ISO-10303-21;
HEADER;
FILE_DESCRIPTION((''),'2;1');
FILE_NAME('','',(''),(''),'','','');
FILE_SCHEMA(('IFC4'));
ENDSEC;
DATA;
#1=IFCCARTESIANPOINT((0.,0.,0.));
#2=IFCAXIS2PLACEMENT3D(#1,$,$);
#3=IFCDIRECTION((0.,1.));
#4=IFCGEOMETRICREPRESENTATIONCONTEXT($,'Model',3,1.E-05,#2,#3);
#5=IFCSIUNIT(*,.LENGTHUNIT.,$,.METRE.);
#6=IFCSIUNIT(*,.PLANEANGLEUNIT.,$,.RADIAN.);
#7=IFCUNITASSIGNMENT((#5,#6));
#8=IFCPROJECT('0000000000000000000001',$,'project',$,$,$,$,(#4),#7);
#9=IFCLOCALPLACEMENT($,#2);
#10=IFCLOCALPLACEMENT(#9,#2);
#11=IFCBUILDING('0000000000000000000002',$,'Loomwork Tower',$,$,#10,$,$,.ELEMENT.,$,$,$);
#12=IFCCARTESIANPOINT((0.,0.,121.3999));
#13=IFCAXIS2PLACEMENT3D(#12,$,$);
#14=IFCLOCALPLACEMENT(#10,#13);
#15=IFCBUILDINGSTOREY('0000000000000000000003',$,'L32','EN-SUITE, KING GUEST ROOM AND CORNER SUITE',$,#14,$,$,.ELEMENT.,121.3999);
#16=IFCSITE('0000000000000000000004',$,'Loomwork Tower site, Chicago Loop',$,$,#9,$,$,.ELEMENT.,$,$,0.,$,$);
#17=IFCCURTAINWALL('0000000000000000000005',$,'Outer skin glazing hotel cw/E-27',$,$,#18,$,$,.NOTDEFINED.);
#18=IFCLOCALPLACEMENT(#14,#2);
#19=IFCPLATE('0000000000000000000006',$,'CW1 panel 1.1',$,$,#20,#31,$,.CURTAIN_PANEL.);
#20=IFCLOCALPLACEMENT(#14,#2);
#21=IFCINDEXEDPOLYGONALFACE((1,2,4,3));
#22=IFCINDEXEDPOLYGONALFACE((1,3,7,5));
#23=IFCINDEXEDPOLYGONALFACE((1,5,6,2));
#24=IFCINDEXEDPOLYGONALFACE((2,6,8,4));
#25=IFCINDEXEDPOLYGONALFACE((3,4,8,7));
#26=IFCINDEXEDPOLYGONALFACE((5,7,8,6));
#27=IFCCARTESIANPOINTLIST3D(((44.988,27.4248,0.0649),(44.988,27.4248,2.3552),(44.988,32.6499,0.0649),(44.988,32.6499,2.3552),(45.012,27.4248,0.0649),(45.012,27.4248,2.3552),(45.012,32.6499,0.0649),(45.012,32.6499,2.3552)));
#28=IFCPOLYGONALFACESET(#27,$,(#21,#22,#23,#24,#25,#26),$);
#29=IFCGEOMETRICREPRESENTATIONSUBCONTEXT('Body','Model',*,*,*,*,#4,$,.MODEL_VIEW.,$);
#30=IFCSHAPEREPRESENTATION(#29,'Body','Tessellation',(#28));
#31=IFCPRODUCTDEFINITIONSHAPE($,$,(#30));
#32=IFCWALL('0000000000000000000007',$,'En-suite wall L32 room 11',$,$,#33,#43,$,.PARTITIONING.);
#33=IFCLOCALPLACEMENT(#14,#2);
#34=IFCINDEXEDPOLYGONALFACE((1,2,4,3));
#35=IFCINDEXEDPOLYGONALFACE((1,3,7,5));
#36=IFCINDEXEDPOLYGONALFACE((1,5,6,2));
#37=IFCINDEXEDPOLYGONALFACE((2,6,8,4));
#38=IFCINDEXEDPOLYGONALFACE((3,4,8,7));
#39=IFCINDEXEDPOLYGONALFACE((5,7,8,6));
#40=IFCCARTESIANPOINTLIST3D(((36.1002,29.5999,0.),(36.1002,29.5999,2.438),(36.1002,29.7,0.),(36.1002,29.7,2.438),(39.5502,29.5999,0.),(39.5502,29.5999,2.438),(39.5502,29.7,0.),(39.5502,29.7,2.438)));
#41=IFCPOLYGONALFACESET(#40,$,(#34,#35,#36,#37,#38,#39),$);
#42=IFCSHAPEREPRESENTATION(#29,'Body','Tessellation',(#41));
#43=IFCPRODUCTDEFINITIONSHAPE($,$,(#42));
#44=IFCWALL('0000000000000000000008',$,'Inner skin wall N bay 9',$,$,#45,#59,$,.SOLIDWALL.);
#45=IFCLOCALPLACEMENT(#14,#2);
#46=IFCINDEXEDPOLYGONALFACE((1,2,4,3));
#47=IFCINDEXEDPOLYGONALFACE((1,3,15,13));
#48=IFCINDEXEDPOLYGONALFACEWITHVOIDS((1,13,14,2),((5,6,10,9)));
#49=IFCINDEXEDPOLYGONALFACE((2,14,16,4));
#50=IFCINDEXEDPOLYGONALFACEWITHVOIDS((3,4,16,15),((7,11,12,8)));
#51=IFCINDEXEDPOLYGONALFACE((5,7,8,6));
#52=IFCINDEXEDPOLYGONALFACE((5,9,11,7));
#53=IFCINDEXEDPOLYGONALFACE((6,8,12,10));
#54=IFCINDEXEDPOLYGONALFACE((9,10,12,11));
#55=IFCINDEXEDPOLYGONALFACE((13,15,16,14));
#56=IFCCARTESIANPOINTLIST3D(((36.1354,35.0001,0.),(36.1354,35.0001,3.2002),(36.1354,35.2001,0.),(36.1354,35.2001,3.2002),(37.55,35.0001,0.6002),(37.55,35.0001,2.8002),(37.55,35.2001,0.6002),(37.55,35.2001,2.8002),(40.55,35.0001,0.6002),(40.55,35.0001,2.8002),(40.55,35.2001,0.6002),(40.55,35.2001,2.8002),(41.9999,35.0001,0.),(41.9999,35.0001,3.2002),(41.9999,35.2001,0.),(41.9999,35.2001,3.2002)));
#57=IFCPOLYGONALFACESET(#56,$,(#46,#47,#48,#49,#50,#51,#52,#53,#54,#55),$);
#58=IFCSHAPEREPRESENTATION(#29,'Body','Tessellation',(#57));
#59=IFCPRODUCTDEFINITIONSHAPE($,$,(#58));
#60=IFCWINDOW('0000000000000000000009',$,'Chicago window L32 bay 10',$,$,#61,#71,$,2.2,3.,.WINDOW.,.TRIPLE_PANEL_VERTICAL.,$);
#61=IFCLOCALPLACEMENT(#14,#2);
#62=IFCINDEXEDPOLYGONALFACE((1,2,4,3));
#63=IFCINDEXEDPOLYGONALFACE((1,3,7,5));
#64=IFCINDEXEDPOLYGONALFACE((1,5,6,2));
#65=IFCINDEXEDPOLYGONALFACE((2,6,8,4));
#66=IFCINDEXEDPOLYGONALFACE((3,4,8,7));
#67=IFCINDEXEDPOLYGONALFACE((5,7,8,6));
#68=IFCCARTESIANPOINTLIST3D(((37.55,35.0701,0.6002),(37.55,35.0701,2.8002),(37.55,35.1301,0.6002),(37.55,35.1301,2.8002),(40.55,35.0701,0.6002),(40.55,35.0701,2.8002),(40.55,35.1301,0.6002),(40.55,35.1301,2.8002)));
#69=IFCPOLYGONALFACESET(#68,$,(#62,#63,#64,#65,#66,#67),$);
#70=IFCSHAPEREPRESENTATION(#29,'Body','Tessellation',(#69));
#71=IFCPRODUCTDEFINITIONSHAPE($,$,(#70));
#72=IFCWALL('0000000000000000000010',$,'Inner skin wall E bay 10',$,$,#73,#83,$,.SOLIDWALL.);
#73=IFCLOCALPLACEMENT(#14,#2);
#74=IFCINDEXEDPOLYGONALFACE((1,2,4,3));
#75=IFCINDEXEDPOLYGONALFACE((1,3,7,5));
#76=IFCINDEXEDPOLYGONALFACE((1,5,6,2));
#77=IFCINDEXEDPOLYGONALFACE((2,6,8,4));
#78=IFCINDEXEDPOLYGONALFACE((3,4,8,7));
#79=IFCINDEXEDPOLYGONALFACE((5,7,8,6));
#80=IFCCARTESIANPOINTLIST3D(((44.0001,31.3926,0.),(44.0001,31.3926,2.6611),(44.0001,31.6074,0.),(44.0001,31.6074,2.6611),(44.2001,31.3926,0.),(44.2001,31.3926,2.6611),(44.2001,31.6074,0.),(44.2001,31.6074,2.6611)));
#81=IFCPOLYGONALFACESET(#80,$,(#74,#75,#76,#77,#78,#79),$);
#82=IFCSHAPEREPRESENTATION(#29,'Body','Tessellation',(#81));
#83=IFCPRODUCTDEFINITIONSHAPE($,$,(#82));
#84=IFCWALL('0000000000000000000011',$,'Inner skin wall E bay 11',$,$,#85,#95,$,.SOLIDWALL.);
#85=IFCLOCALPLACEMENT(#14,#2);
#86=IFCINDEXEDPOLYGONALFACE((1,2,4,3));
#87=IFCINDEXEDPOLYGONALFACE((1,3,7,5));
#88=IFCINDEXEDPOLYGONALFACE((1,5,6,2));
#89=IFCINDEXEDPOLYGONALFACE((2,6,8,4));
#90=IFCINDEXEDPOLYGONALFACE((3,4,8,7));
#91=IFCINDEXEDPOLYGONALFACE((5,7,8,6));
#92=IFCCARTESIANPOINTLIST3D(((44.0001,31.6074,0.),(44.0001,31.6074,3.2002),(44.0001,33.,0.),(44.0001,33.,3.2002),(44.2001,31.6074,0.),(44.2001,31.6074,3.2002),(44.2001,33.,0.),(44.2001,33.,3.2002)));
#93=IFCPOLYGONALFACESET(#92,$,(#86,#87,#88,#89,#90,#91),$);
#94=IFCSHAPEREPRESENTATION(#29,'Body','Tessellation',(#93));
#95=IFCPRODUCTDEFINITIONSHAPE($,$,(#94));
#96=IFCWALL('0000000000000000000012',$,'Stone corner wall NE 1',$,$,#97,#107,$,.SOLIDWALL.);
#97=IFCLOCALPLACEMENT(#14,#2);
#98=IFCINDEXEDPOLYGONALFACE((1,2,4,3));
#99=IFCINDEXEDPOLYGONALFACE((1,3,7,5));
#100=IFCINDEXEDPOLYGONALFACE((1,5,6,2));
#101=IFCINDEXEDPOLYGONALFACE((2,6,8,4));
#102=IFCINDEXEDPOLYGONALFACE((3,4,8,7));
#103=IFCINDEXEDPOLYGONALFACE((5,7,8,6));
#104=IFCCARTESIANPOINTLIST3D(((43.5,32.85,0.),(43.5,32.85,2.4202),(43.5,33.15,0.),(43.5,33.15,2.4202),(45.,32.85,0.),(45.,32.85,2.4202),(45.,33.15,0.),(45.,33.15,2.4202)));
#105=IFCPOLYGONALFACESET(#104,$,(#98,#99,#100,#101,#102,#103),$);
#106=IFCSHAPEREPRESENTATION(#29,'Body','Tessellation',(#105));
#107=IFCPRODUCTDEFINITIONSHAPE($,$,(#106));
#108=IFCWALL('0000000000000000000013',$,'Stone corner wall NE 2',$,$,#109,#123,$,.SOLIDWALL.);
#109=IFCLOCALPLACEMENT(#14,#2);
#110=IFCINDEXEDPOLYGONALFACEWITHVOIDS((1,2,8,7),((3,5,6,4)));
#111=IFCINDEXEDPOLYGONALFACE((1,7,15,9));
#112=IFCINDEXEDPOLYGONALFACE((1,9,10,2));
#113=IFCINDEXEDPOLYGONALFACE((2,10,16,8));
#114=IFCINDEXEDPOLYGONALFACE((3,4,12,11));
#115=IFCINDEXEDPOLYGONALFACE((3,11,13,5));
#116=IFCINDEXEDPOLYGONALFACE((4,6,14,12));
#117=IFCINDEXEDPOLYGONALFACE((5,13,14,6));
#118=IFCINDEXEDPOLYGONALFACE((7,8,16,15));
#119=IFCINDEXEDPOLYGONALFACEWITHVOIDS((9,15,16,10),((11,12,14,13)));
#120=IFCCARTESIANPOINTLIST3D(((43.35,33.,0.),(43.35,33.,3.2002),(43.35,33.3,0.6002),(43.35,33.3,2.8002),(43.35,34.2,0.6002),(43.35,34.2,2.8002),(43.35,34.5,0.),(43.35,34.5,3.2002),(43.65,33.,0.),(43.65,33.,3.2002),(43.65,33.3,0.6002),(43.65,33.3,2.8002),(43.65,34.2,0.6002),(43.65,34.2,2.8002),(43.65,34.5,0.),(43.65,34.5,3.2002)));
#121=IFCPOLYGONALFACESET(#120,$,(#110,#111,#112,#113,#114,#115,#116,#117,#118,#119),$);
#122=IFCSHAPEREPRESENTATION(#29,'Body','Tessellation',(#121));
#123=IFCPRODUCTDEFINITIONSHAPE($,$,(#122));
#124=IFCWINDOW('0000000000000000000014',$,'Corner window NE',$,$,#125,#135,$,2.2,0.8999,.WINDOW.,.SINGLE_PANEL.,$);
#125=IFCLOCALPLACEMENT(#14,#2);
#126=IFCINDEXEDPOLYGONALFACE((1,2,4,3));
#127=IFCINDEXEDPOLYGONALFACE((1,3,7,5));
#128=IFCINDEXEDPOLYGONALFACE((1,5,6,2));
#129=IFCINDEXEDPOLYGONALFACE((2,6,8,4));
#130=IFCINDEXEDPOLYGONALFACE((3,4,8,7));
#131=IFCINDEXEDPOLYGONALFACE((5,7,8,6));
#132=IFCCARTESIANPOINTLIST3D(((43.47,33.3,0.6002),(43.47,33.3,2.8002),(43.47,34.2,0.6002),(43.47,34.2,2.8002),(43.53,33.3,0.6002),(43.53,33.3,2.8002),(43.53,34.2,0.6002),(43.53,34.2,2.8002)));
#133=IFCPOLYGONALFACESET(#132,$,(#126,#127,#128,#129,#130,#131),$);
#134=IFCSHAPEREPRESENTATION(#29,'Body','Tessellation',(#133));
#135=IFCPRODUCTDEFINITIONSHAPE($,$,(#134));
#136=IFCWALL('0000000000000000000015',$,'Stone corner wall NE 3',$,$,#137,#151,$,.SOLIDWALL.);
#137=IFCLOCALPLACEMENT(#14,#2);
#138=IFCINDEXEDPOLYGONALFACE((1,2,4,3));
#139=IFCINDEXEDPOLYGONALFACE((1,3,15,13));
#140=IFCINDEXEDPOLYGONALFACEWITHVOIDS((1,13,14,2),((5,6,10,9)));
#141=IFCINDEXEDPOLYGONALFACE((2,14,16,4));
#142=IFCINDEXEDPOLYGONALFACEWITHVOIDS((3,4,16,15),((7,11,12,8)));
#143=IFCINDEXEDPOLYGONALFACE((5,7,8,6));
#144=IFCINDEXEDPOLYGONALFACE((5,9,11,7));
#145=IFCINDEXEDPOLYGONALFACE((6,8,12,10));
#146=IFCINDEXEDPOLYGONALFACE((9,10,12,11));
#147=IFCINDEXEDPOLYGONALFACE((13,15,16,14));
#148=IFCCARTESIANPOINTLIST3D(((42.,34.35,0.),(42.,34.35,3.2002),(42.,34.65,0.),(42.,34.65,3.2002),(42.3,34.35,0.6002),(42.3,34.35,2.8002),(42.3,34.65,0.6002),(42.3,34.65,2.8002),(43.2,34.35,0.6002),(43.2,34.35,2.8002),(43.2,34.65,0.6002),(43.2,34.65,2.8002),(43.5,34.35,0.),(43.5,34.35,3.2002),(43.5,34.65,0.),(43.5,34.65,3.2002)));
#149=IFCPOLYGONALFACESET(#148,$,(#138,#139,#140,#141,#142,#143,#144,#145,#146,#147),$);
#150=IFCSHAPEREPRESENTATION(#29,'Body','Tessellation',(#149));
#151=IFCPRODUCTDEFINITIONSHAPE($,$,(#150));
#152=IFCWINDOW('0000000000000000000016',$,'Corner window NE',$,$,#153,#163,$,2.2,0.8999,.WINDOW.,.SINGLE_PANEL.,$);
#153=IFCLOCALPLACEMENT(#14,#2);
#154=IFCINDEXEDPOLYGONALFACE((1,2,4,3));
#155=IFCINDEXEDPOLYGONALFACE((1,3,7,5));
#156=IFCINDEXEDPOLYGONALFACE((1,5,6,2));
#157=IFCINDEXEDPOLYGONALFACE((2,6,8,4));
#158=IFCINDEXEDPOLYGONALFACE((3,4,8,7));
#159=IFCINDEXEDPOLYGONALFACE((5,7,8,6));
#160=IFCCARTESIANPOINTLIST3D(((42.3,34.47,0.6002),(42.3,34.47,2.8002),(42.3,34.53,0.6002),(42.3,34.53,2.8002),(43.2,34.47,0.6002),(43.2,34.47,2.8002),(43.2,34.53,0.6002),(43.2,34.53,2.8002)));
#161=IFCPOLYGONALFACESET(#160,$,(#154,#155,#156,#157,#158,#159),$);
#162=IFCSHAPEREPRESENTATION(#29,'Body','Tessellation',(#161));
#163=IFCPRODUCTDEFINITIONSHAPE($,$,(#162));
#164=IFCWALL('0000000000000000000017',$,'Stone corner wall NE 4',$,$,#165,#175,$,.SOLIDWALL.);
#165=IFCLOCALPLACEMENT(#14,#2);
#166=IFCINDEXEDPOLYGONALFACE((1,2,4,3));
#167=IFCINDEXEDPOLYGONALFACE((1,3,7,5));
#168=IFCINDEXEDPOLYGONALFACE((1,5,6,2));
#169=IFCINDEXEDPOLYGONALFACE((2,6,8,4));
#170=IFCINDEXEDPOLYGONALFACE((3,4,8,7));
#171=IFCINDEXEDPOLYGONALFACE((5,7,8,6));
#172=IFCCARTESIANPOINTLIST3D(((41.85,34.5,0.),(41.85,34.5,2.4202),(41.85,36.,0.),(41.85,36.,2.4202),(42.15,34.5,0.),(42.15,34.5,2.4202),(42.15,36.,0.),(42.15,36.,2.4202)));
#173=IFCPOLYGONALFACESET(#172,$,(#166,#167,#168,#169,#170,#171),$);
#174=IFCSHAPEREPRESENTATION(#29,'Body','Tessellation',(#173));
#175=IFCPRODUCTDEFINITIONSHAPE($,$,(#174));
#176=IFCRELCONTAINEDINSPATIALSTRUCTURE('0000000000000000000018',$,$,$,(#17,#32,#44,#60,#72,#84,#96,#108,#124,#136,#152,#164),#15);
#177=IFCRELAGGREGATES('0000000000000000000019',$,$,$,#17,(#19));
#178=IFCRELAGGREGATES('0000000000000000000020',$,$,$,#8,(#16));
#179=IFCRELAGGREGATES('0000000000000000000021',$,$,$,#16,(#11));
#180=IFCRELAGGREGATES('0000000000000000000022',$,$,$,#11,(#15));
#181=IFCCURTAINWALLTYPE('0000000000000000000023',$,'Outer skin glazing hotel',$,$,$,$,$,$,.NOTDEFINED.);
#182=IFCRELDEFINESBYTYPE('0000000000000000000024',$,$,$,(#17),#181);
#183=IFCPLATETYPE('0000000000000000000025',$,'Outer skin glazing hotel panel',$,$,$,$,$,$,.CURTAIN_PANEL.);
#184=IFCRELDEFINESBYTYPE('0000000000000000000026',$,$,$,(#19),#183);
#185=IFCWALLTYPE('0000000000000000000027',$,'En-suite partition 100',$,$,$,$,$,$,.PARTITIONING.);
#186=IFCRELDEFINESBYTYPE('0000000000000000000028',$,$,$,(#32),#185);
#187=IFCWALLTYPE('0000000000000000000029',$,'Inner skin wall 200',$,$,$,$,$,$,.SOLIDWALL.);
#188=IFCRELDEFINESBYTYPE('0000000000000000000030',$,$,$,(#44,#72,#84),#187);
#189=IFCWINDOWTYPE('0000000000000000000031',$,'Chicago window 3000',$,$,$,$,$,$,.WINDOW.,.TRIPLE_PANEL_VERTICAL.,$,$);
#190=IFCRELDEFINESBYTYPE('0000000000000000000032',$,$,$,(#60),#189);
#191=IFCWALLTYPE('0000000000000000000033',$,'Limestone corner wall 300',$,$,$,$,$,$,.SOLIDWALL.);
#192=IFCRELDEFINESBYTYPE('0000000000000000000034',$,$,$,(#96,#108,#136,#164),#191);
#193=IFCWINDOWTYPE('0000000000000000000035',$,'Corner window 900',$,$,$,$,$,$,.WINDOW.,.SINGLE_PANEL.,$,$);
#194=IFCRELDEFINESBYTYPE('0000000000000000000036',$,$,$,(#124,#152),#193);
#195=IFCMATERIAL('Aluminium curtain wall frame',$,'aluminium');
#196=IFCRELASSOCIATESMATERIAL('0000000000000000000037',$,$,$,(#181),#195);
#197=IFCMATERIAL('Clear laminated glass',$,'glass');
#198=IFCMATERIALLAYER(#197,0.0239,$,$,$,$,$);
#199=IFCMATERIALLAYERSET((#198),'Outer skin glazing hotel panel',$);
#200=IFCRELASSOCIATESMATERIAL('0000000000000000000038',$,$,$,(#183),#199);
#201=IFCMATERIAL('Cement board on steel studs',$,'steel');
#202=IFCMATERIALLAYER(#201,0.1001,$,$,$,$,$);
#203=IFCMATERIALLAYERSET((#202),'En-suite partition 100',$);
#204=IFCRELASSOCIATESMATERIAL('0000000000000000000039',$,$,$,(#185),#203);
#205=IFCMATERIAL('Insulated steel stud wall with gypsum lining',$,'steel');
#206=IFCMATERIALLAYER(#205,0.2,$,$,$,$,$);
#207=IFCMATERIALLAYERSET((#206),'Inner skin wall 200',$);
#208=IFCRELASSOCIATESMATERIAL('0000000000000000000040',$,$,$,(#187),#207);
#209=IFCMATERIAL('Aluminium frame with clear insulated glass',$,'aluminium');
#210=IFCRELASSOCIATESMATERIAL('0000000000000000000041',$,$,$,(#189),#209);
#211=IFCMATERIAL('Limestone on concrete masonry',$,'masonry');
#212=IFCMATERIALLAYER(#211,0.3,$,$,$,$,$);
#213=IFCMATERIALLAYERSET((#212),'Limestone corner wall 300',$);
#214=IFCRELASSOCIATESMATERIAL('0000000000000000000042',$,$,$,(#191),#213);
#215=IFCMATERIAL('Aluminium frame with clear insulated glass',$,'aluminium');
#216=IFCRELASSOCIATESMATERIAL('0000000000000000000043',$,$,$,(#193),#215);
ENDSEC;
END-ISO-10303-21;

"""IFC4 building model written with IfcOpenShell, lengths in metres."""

from ifc_helpers import new_model, si_unit, direction, frame, frame_2d, origin, origin_2d, place, context, subcontext, project, spatial, rectangle, extrude, material, layer, layer_set, type_object, element, fill, aggregate, save


model = new_model("IFC4")

# Units and contexts
model_context = context("Model", 3, precision=1e-05, world=origin(), true_north=direction((0.0, 1.0)))
body_context = subcontext(model_context, "Body", "Model", "MODEL_VIEW")
ifc_project = project(units=[si_unit("LENGTHUNIT", "METRE"), si_unit("PLANEANGLEUNIT", "RADIAN")], contexts=[model_context])

# Site, building, storey
site_placement = place(None, origin())
site = spatial("IfcSite", under=ifc_project, at=site_placement, Name="Loomwork Tower site, Chicago Loop", CompositionType="ELEMENT", RefElevation=0.0)
building_placement = place(site_placement, origin())
building = spatial("IfcBuilding", under=site, at=building_placement, Name="Loomwork Tower", CompositionType="ELEMENT")
storey_placement = place(building_placement, frame((0.0, 0.0, 121.3999)))
storey = spatial("IfcBuildingStorey", under=building, at=storey_placement, Name="L32", Description="EN-SUITE, KING GUEST ROOM AND CORNER SUITE", CompositionType="ELEMENT", Elevation=121.3999)

# Shared definitions
ifc_material_1 = material(Name="Aluminium curtain wall frame", Category="aluminium")
curtain_wall_type = type_object("IfcCurtainWallType", Name="Outer skin glazing hotel", PredefinedType="NOTDEFINED", material=ifc_material_1)

# Curtain wall
curtain_wall_1_placement = place(storey_placement, origin())
curtain_wall_1 = element("IfcCurtainWall", 1, at=curtain_wall_1_placement, inside=storey, type_object=curtain_wall_type, Name="Outer skin glazing hotel cw/E-27", PredefinedType="NOTDEFINED")

# Plate
ifc_material_2 = material(Name="Clear laminated glass", Category="glass")
ifc_layer_1 = layer(ifc_material_2, 0.0239)
ifc_layer_set_1 = layer_set([ifc_layer_1], Name="Outer skin glazing hotel panel")
plate_type = type_object("IfcPlateType", Name="Outer skin glazing hotel panel", PredefinedType="CURTAIN_PANEL", material=ifc_layer_set_1)
plate_1_placement = place(storey_placement, frame((45.0, 30.0374, 0.0649), z_axis=(0.0, 0.0, 1.0), x_axis=(0.0, 1.0, 0.0)))
plate_1 = element("IfcPlate", 2, at=plate_1_placement, type_object=plate_type, Name="CW1 panel 1.1", PredefinedType="CURTAIN_PANEL", context=body_context, shape_type="SweptSolid", body=[
    extrude(rectangle(XDim=5.2251, YDim=0.0239, at=origin_2d()), origin(), (0.0, 0.0, 1.0), 2.2903),
])
aggregate(curtain_wall_1, [plate_1])

# Wall
ifc_material_3 = material(Name="Cement board on steel studs", Category="steel")
ifc_layer_2 = layer(ifc_material_3, 0.1001)
ifc_layer_set_2 = layer_set([ifc_layer_2], Name="En-suite partition 100")
wall_type_1 = type_object("IfcWallType", Name="En-suite partition 100", PredefinedType="PARTITIONING", material=ifc_layer_set_2)
wall_1_placement = place(storey_placement, frame((36.1001, 29.6499, 0.0), z_axis=(0.0, 0.0, 1.0), x_axis=(1.0, 0.0, 0.0)))
element("IfcWall", 3, at=wall_1_placement, inside=storey, type_object=wall_type_1, Name="En-suite wall L32 room 11", PredefinedType="PARTITIONING", context=body_context, shape_type="SweptSolid", body=[
    extrude(rectangle(XDim=3.45, YDim=0.1001, at=frame_2d((1.7251, 0.0))), origin(), (0.0, 0.0, 1.0), 2.438),
])

# Wall, opening, window
ifc_material_4 = material(Name="Insulated steel stud wall with gypsum lining", Category="steel")
ifc_layer_3 = layer(ifc_material_4, 0.2)
ifc_layer_set_3 = layer_set([ifc_layer_3], Name="Inner skin wall 200")
wall_type_2 = type_object("IfcWallType", Name="Inner skin wall 200", PredefinedType="SOLIDWALL", material=ifc_layer_set_3)
wall_2_placement = place(storey_placement, frame((36.1355, 35.1001, 0.0), z_axis=(0.0, 0.0, 1.0), x_axis=(1.0, 0.0, 0.0)))
wall_2 = element("IfcWall", 4, at=wall_2_placement, inside=storey, type_object=wall_type_2, Name="Inner skin wall N bay 9", PredefinedType="SOLIDWALL", context=body_context, shape_type="SweptSolid", body=[
    extrude(rectangle(XDim=5.8645, YDim=0.2, at=frame_2d((2.9321, 0.0))), origin(), (0.0, 0.0, 1.0), 3.2002),
])
opening_1_placement = place(wall_2_placement, frame((1.4146, 0.0, 0.6001)))
opening_1 = element("IfcOpeningElement", 5, at=opening_1_placement, cuts=wall_2, PredefinedType="OPENING", context=body_context, shape_type="SweptSolid", body=[
    extrude(rectangle(XDim=3.0, YDim=2.2, at=frame_2d((1.5, 1.1001))), frame((0.0, 0.1099, 0.0), z_axis=(0.0, -1.0, 0.0), x_axis=(1.0, 0.0, 0.0)), (0.0, 0.0, 1.0), 0.22),
])
ifc_material_5 = material(Name="Aluminium frame with clear insulated glass", Category="aluminium")
window_type_1 = type_object("IfcWindowType", Name="Chicago window 3000", PartitioningType="TRIPLE_PANEL_VERTICAL", PredefinedType="WINDOW", material=ifc_material_5)
window_1_placement = place(opening_1_placement, origin())
window_1 = element("IfcWindow", 6, at=window_1_placement, inside=storey, type_object=window_type_1, Name="Chicago window L32 bay 10", OverallHeight=2.2, OverallWidth=3.0, PartitioningType="TRIPLE_PANEL_VERTICAL", PredefinedType="WINDOW", context=body_context, shape_type="SweptSolid", body=[
    extrude(rectangle(XDim=3.0, YDim=2.2, at=frame_2d((1.5, 1.1001))), frame((0.0, 0.03, 0.0), z_axis=(0.0, -1.0, 0.0), x_axis=(1.0, 0.0, 0.0)), (0.0, 0.0, 1.0), 0.0601),
])
fill(opening_1, window_1)

# Walls
wall_3_placement = place(storey_placement, frame((44.1001, 31.3926, 0.0), z_axis=(0.0, 0.0, 1.0), x_axis=(0.0, 1.0, 0.0)))
element("IfcWall", 7, at=wall_3_placement, inside=storey, type_object=wall_type_2, Name="Inner skin wall E bay 10", PredefinedType="SOLIDWALL", context=body_context, shape_type="SweptSolid", body=[
    extrude(rectangle(XDim=0.2148, YDim=0.2, at=frame_2d((0.1074, 0.0))), origin(), (0.0, 0.0, 1.0), 2.6611),
])
wall_4_placement = place(storey_placement, frame((44.1001, 31.6074, 0.0), z_axis=(0.0, 0.0, 1.0), x_axis=(0.0, 1.0, 0.0)))
element("IfcWall", 8, at=wall_4_placement, inside=storey, type_object=wall_type_2, Name="Inner skin wall E bay 11", PredefinedType="SOLIDWALL", context=body_context, shape_type="SweptSolid", body=[
    extrude(rectangle(XDim=1.3926, YDim=0.2, at=frame_2d((0.6963, 0.0))), origin(), (0.0, 0.0, 1.0), 3.2002),
])
ifc_material_6 = material(Name="Limestone on concrete masonry", Category="masonry")
ifc_layer_4 = layer(ifc_material_6, 0.3)
ifc_layer_set_4 = layer_set([ifc_layer_4], Name="Limestone corner wall 300")
wall_type_3 = type_object("IfcWallType", Name="Limestone corner wall 300", PredefinedType="SOLIDWALL", material=ifc_layer_set_4)
wall_5_placement = place(storey_placement, frame((45.0, 33.0, 0.0), z_axis=(0.0, 0.0, 1.0), x_axis=(-1.0, 0.0, 0.0)))
element("IfcWall", 9, at=wall_5_placement, inside=storey, type_object=wall_type_3, Name="Stone corner wall NE 1", PredefinedType="SOLIDWALL", context=body_context, shape_type="SweptSolid", body=[
    extrude(rectangle(XDim=1.5, YDim=0.3, at=frame_2d((0.75, 0.0))), origin(), (0.0, 0.0, 1.0), 2.4202),
])

# Walls, openings, windows
wall_6_placement = place(storey_placement, frame((43.5, 33.0, 0.0), z_axis=(0.0, 0.0, 1.0), x_axis=(0.0, 1.0, 0.0)))
wall_6 = element("IfcWall", 10, at=wall_6_placement, inside=storey, type_object=wall_type_3, Name="Stone corner wall NE 2", PredefinedType="SOLIDWALL", context=body_context, shape_type="SweptSolid", body=[
    extrude(rectangle(XDim=1.5, YDim=0.3, at=frame_2d((0.75, 0.0))), origin(), (0.0, 0.0, 1.0), 3.2002),
])
opening_2_placement = place(wall_6_placement, frame((0.3, 0.0, 0.6001)))
opening_2 = element("IfcOpeningElement", 11, at=opening_2_placement, cuts=wall_6, PredefinedType="OPENING", context=body_context, shape_type="SweptSolid", body=[
    extrude(rectangle(XDim=0.8999, YDim=2.2, at=frame_2d((0.45, 1.1001))), frame((0.0, 0.1599, 0.0), z_axis=(0.0, -1.0, 0.0), x_axis=(1.0, 0.0, 0.0)), (0.0, 0.0, 1.0), 0.3201),
])
ifc_material_7 = material(Name="Aluminium frame with clear insulated glass", Category="aluminium")
window_type_2 = type_object("IfcWindowType", Name="Corner window 900", PartitioningType="SINGLE_PANEL", PredefinedType="WINDOW", material=ifc_material_7)
window_2_placement = place(opening_2_placement, origin())
window_2 = element("IfcWindow", 12, at=window_2_placement, inside=storey, type_object=window_type_2, Name="Corner window NE", OverallHeight=2.2, OverallWidth=0.8999, PartitioningType="SINGLE_PANEL", PredefinedType="WINDOW", context=body_context, shape_type="SweptSolid", body=[
    extrude(rectangle(XDim=0.8999, YDim=2.2, at=frame_2d((0.45, 1.1001))), frame((0.0, 0.03, 0.0), z_axis=(0.0, -1.0, 0.0), x_axis=(1.0, 0.0, 0.0)), (0.0, 0.0, 1.0), 0.0601),
])
fill(opening_2, window_2)
wall_7_placement = place(storey_placement, frame((43.5, 34.5, 0.0), z_axis=(0.0, 0.0, 1.0), x_axis=(-1.0, 0.0, 0.0)))
wall_7 = element("IfcWall", 13, at=wall_7_placement, inside=storey, type_object=wall_type_3, Name="Stone corner wall NE 3", PredefinedType="SOLIDWALL", context=body_context, shape_type="SweptSolid", body=[
    extrude(rectangle(XDim=1.5, YDim=0.3, at=frame_2d((0.75, 0.0))), origin(), (0.0, 0.0, 1.0), 3.2002),
])
opening_3_placement = place(wall_7_placement, frame((0.3, 0.0, 0.6001)))
opening_3 = element("IfcOpeningElement", 14, at=opening_3_placement, cuts=wall_7, PredefinedType="OPENING", context=body_context, shape_type="SweptSolid", body=[
    extrude(rectangle(XDim=0.8999, YDim=2.2, at=frame_2d((0.45, 1.1001))), frame((0.0, 0.1599, 0.0), z_axis=(0.0, -1.0, 0.0), x_axis=(1.0, 0.0, 0.0)), (0.0, 0.0, 1.0), 0.3201),
])
window_3_placement = place(opening_3_placement, origin())
window_3 = element("IfcWindow", 15, at=window_3_placement, inside=storey, type_object=window_type_2, Name="Corner window NE", OverallHeight=2.2, OverallWidth=0.8999, PartitioningType="SINGLE_PANEL", PredefinedType="WINDOW", context=body_context, shape_type="SweptSolid", body=[
    extrude(rectangle(XDim=0.8999, YDim=2.2, at=frame_2d((0.45, 1.1001))), frame((0.0, 0.03, 0.0), z_axis=(0.0, -1.0, 0.0), x_axis=(1.0, 0.0, 0.0)), (0.0, 0.0, 1.0), 0.0601),
])
fill(opening_3, window_3)

# Wall
wall_8_placement = place(storey_placement, frame((42.0, 34.5, 0.0), z_axis=(0.0, 0.0, 1.0), x_axis=(0.0, 1.0, 0.0)))
element("IfcWall", 16, at=wall_8_placement, inside=storey, type_object=wall_type_3, Name="Stone corner wall NE 4", PredefinedType="SOLIDWALL", context=body_context, shape_type="SweptSolid", body=[
    extrude(rectangle(XDim=1.5, YDim=0.3, at=frame_2d((0.75, 0.0))), origin(), (0.0, 0.0, 1.0), 2.4202),
])

save(model, "model.ifc")
